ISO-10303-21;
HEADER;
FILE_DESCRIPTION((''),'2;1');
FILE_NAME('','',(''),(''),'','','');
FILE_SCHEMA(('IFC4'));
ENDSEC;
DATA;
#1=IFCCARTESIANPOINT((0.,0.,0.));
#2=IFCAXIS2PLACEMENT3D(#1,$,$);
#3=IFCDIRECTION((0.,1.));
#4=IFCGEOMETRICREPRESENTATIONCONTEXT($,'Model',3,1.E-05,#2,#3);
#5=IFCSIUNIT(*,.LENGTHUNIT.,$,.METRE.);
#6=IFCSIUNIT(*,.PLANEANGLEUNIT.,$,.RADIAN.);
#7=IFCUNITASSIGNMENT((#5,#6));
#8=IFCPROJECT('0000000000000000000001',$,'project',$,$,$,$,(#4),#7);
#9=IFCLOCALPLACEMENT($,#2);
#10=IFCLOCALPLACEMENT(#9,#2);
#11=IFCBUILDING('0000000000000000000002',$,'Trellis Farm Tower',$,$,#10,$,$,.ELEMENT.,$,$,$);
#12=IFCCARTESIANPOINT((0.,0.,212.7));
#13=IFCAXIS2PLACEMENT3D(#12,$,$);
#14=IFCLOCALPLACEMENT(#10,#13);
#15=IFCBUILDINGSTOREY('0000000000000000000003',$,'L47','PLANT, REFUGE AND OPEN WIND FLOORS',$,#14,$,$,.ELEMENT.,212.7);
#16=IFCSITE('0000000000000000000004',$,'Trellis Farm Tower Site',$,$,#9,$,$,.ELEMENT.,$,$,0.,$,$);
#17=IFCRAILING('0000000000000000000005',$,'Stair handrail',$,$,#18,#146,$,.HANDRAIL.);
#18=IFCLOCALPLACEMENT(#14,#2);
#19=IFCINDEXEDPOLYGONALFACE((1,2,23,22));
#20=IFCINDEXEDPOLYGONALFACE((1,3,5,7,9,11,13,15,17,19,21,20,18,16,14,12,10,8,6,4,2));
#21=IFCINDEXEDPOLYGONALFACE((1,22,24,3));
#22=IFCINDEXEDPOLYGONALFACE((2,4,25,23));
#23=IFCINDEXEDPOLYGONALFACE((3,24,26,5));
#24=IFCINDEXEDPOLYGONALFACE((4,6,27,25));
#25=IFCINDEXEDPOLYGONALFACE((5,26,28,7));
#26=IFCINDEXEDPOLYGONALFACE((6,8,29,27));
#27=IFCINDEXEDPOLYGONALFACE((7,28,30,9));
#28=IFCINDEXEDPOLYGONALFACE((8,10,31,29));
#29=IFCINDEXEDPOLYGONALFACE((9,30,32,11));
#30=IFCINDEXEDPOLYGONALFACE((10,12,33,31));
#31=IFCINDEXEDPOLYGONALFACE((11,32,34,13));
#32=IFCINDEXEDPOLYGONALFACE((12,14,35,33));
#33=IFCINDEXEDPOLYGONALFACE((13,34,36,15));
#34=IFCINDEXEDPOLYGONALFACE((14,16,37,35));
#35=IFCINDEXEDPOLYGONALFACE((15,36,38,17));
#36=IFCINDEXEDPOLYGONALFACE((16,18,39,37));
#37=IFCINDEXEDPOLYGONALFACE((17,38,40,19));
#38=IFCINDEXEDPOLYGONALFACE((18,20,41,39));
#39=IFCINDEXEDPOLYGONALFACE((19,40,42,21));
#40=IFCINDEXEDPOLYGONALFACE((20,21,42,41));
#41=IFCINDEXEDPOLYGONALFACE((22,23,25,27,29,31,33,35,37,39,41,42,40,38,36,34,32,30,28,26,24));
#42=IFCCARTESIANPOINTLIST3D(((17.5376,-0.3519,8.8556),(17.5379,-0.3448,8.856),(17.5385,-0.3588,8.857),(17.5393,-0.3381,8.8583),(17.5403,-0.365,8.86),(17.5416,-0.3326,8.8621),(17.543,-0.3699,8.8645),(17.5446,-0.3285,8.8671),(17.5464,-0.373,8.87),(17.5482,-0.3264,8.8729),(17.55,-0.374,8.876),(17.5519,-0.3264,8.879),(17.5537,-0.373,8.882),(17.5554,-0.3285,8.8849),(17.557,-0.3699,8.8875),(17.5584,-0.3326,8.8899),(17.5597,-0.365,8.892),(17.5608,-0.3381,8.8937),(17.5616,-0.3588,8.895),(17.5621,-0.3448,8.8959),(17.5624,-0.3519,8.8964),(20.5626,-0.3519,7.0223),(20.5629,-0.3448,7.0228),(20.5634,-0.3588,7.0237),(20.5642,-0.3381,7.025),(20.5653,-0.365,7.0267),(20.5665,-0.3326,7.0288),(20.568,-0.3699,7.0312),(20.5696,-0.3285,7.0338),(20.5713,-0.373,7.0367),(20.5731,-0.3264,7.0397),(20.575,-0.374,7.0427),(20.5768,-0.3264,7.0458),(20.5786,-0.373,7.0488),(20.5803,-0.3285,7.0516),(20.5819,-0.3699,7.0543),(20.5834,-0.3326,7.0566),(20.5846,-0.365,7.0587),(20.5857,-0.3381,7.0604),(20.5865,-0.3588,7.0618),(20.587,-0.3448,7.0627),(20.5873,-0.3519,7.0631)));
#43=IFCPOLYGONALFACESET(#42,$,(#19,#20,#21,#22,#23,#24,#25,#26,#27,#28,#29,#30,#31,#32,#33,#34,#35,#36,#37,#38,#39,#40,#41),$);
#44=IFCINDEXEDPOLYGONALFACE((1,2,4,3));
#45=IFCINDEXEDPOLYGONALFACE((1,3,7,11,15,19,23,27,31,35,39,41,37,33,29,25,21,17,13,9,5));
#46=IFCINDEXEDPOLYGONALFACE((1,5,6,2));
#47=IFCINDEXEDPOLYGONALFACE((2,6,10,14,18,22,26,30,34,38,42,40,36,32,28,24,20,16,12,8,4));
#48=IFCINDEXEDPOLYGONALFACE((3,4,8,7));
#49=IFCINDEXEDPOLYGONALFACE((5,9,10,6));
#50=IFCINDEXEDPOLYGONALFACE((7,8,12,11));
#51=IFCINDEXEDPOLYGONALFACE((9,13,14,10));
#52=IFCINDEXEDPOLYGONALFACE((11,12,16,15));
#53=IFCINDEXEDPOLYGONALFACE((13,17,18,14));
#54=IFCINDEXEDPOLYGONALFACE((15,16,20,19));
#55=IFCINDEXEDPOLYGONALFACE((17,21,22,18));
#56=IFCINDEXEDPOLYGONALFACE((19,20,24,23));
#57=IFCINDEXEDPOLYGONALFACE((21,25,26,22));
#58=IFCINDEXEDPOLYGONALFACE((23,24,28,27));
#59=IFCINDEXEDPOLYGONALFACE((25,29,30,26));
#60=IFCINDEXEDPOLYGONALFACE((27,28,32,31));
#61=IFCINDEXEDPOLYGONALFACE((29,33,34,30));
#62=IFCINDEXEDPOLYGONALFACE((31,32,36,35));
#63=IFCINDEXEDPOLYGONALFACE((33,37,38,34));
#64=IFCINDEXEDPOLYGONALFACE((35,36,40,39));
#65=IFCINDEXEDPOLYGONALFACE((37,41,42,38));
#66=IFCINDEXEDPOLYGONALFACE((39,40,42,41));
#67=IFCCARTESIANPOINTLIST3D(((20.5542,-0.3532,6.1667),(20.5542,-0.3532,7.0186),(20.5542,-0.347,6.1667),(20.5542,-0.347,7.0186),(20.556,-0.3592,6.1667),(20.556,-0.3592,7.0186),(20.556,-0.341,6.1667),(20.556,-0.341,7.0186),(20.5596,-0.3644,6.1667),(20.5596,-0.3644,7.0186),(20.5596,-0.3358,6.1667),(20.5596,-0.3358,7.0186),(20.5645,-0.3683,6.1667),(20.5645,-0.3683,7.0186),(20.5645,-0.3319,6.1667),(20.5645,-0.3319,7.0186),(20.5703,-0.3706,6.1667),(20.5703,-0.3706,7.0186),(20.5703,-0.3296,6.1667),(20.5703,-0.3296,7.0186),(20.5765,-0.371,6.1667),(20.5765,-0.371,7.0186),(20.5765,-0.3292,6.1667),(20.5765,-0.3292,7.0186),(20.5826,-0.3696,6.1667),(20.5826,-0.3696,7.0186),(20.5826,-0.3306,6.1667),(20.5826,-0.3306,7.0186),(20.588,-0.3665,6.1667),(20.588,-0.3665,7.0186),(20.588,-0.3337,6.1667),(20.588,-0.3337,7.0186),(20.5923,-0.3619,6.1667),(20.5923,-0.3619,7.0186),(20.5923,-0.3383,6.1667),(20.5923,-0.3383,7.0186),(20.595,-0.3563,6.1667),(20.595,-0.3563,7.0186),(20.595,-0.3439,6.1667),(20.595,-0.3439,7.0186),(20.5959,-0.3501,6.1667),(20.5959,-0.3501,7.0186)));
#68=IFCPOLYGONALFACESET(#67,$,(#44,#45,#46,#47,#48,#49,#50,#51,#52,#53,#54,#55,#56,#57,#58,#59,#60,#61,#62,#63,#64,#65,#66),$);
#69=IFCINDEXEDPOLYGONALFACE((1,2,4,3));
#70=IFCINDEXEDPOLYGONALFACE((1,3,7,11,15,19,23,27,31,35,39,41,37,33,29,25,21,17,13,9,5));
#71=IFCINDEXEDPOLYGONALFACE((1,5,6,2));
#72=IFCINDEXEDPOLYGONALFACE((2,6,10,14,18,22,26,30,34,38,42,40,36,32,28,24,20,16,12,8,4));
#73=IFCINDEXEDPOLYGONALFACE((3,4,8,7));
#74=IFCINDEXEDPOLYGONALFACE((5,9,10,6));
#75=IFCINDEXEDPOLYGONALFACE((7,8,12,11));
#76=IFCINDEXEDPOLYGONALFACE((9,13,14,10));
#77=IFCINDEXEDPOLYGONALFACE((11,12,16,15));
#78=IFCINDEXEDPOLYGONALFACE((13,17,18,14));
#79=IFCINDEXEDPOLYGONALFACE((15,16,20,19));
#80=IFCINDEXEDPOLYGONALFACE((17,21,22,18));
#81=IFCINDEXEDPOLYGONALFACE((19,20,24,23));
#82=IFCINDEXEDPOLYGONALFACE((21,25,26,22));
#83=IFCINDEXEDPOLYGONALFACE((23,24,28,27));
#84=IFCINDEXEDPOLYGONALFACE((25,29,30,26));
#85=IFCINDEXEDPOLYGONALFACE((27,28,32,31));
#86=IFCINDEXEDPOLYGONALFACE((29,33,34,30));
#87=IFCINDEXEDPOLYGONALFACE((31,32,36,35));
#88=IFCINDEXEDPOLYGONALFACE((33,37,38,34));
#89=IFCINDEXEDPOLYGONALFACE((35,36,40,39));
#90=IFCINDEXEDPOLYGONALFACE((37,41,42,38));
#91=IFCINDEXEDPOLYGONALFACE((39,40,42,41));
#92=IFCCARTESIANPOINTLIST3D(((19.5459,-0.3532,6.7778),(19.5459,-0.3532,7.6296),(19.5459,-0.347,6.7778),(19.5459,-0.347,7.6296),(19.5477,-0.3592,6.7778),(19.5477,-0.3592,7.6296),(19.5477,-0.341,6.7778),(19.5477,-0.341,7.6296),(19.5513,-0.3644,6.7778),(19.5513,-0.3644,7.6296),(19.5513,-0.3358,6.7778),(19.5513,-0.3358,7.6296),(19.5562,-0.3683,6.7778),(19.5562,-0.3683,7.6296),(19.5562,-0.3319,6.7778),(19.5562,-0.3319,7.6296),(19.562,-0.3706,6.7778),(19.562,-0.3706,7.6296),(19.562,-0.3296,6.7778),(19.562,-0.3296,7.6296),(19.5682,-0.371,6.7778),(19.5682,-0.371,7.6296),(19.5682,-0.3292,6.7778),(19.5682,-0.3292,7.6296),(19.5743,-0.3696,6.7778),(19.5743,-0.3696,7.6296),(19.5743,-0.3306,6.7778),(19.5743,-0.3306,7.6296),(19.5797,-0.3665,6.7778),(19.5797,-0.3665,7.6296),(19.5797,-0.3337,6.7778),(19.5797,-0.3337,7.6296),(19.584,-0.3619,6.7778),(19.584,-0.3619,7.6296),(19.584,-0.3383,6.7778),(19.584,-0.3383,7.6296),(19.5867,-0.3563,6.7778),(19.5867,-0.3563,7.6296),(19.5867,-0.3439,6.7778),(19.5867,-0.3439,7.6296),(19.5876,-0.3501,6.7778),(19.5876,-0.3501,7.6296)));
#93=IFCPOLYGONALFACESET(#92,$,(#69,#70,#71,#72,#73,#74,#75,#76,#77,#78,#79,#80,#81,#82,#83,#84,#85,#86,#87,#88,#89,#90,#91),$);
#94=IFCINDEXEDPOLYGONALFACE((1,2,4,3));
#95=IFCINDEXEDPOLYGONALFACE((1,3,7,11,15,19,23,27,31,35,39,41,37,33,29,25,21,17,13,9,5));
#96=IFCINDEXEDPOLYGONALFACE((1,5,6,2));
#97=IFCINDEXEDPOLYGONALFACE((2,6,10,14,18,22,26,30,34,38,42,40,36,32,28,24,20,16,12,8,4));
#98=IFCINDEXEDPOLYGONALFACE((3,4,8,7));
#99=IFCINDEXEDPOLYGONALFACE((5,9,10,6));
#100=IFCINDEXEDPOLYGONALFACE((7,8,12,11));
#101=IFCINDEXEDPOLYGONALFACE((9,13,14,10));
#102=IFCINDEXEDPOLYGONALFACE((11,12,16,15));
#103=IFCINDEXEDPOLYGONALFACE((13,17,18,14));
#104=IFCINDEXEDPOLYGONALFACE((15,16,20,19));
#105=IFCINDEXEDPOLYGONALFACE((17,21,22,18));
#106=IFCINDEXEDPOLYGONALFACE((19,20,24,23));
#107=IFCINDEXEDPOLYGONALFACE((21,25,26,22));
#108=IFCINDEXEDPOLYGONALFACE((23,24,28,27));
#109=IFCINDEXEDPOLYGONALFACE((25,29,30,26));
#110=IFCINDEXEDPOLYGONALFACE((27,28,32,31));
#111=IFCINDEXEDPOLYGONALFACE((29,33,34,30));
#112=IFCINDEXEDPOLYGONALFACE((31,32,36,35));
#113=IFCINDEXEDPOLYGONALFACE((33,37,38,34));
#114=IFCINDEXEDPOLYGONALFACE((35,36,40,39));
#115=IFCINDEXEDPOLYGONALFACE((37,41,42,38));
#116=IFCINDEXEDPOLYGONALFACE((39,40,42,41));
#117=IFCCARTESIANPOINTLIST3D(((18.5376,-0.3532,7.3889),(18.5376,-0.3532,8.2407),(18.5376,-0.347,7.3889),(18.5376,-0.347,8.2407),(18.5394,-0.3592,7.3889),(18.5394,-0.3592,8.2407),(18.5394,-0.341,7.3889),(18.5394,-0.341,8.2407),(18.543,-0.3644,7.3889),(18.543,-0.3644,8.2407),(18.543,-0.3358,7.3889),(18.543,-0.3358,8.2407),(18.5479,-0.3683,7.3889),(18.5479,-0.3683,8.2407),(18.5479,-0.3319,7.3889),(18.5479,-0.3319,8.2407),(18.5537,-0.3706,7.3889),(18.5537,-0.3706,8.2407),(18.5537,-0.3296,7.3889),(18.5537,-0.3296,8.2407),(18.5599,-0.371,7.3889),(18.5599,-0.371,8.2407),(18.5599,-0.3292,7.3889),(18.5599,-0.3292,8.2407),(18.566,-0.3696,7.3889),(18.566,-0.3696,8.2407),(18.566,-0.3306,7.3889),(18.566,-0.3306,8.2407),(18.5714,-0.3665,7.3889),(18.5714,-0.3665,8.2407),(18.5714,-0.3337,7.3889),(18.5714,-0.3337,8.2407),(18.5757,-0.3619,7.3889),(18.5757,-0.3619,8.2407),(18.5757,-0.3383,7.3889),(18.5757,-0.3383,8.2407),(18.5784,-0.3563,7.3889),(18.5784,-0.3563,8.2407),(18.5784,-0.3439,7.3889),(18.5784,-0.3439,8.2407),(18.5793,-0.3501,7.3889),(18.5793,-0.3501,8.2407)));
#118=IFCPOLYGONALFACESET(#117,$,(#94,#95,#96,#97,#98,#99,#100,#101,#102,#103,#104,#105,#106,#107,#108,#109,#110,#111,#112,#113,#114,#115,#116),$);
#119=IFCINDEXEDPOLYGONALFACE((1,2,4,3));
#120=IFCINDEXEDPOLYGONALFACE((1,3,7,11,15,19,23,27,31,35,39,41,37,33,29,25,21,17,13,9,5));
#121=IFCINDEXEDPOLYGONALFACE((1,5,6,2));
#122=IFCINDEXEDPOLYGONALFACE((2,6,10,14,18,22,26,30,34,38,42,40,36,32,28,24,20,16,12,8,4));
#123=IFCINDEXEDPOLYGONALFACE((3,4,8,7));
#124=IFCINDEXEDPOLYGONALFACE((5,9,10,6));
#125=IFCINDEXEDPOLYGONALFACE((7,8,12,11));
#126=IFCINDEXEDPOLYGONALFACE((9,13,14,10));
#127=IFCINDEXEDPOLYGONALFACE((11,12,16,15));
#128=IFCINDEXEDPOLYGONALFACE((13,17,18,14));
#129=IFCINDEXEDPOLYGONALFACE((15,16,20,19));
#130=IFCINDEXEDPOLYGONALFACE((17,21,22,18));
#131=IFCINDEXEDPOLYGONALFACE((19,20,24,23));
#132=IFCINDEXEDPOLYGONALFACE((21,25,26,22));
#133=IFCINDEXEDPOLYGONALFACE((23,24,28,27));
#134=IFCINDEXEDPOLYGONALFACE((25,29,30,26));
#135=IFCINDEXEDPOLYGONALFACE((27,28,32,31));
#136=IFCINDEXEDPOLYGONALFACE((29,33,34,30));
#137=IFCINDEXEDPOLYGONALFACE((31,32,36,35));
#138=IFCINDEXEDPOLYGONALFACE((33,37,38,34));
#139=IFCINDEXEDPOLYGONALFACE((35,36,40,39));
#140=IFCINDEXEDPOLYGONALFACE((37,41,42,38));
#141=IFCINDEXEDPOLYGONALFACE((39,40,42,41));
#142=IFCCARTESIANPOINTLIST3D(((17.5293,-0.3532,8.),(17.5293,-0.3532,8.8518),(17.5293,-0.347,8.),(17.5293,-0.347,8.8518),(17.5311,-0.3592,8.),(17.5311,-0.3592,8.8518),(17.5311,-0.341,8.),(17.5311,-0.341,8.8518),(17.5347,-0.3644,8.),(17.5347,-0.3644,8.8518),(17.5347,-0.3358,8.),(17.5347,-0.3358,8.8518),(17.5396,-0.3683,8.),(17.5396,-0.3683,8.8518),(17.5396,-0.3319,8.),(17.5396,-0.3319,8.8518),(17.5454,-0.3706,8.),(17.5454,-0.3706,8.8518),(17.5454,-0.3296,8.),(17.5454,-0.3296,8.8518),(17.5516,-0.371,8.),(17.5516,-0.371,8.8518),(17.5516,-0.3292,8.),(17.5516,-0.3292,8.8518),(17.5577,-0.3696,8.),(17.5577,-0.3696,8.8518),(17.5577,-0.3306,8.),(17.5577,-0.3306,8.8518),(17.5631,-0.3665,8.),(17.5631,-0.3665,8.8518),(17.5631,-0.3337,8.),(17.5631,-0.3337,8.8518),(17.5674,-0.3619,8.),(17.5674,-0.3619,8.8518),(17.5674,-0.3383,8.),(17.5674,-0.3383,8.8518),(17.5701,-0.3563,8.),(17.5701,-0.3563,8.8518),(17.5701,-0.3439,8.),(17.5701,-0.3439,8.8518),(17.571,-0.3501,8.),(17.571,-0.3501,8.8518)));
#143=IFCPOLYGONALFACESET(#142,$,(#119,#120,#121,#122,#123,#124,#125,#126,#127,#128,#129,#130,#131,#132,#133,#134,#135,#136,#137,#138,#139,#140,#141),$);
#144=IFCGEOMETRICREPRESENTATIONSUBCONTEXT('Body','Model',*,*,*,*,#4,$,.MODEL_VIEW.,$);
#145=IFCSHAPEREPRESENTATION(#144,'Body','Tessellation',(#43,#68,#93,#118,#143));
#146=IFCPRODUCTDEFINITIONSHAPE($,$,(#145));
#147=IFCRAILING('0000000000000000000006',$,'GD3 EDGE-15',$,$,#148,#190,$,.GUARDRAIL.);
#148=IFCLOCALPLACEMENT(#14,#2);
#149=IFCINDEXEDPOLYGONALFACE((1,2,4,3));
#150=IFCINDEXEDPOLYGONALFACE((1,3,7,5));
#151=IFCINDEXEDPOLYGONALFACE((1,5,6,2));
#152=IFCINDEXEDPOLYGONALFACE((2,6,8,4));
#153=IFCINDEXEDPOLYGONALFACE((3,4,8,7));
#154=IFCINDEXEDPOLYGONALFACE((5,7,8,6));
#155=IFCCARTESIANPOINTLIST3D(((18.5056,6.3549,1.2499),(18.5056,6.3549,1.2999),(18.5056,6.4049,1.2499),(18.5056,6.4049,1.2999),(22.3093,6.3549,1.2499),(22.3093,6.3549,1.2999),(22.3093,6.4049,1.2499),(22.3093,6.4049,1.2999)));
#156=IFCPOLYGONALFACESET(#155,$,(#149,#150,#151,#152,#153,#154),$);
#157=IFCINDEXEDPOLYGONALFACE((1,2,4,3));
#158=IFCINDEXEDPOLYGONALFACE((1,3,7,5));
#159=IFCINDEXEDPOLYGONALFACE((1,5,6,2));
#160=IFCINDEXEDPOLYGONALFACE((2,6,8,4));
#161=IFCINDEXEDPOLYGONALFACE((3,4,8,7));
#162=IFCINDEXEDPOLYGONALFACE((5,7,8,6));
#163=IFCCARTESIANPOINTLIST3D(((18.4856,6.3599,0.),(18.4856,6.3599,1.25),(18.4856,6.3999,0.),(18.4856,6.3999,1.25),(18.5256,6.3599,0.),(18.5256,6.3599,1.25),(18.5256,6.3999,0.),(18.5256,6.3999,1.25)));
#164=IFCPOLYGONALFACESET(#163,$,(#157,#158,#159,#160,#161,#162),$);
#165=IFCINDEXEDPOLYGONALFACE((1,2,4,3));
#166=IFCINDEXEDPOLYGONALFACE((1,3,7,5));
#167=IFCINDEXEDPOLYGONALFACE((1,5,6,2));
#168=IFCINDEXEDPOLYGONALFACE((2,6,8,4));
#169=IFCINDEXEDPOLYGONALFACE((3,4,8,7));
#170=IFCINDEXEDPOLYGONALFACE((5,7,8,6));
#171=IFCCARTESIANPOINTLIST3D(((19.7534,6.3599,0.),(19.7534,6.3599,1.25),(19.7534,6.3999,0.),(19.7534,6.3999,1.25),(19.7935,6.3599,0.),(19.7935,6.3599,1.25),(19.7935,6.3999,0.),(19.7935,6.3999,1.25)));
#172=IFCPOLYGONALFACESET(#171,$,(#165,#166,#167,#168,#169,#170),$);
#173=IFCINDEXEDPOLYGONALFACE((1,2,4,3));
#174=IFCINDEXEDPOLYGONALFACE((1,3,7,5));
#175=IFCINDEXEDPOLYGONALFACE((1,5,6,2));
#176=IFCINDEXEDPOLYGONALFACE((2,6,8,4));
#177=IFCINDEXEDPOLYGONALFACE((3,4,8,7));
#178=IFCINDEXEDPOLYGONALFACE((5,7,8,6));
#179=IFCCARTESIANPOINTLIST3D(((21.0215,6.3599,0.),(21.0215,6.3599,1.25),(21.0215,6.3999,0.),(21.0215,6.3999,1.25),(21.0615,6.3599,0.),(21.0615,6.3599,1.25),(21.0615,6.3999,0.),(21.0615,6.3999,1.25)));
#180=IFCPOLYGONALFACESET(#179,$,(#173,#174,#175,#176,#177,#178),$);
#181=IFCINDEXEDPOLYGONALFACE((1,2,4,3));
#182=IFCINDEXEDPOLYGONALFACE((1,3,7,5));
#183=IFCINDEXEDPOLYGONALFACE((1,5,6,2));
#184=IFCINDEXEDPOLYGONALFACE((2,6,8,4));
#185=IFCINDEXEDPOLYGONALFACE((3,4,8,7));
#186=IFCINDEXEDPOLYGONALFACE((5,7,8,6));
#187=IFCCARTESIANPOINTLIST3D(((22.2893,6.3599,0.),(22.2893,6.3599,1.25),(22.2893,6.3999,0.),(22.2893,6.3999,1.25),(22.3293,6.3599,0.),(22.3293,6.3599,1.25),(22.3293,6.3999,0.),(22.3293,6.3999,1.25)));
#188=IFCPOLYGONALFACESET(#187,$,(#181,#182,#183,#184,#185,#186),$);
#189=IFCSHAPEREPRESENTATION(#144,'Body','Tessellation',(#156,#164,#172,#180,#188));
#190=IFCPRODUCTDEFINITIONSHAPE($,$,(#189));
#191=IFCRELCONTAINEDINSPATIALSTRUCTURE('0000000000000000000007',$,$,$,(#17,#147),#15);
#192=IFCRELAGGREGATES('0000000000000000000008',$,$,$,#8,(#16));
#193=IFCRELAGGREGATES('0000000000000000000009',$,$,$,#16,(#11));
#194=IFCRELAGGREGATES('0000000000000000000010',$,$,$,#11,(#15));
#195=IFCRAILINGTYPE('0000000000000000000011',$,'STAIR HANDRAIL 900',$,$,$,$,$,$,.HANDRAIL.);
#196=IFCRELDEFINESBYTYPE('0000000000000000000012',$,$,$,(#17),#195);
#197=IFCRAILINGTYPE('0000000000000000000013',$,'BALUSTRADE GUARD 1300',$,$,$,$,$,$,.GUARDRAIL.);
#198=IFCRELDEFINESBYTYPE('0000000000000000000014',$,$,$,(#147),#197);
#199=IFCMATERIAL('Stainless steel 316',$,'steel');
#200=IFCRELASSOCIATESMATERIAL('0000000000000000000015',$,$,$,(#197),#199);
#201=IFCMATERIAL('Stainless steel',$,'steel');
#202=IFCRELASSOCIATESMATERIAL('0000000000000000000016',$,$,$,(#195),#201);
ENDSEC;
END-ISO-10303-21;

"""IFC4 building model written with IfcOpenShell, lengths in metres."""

from ifc_helpers import new_model, si_unit, direction, frame, origin, origin_2d, place, context, subcontext, project, spatial, rectangle, circle, extrude, source, transform, mapped, material, type_object, element, save


model = new_model("IFC4")

# Units and contexts
model_context = context("Model", 3, precision=1e-05, world=origin(), true_north=direction((0.0, 1.0)))
body_context = subcontext(model_context, "Body", "Model", "MODEL_VIEW")
ifc_project = project(units=[si_unit("LENGTHUNIT", "METRE"), si_unit("PLANEANGLEUNIT", "RADIAN")], contexts=[model_context])

# Site, building, storey
site_placement = place(None, origin())
site = spatial("IfcSite", under=ifc_project, at=site_placement, Name="Trellis Farm Tower Site", CompositionType="ELEMENT", RefElevation=0.0)
building_placement = place(site_placement, origin())
building = spatial("IfcBuilding", under=site, at=building_placement, Name="Trellis Farm Tower", CompositionType="ELEMENT")
storey_placement = place(building_placement, frame((0.0, 0.0, 212.7)))
storey = spatial("IfcBuildingStorey", under=building, at=storey_placement, Name="L47", Description="PLANT, REFUGE AND OPEN WIND FLOORS", CompositionType="ELEMENT", Elevation=212.7)

# Railings
ifc_material_1 = material(Name="Stainless steel 316", Category="steel")
railing_type_1 = type_object("IfcRailingType", Name="BALUSTRADE GUARD 1300", PredefinedType="GUARDRAIL", material=ifc_material_1)
ifc_material_2 = material(Name="Stainless steel", Category="steel")
railing_type_2 = type_object("IfcRailingType", Name="STAIR HANDRAIL 900", PredefinedType="HANDRAIL", material=ifc_material_2)
shared_shape_1 = source(origin(), body_context, "Body", "SweptSolid", [
    extrude(circle(Radius=0.0239, at=origin_2d()), frame((0.0, 0.0, 0.876), z_axis=(-0.855201, 0.0, 0.518297), x_axis=(0.0, -1.0, 0.0)), (0.0, 0.0, 1.0), 3.5371),
    extrude(circle(Radius=0.021, at=origin_2d()), origin(), (0.0, 0.0, 1.0), 0.8518),
    extrude(circle(Radius=0.021, at=origin_2d()), frame((-1.0083, 0.0, 0.6111)), (0.0, 0.0, 1.0), 0.8518),
    extrude(circle(Radius=0.021, at=origin_2d()), frame((-2.0166, 0.0, 1.2222)), (0.0, 0.0, 1.0), 0.8518),
    extrude(circle(Radius=0.021, at=origin_2d()), frame((-3.0249, 0.0, 1.8333)), (0.0, 0.0, 1.0), 0.8518),
])
for number, where, name in (
    (1, (20.575, -0.3501, 6.1667), "Stair handrail"),
):
    element("IfcRailing", number, at=place(storey_placement, frame(where)), inside=storey, type_object=railing_type_2, Name=name, PredefinedType="HANDRAIL", context=body_context, shape_type="MappedRepresentation", body=[
        mapped(shared_shape_1, transform((0.0, 0.0, 0.0))),
    ])
shared_shape_2 = source(origin(), body_context, "Body", "SweptSolid", [
    extrude(rectangle(XDim=0.05, YDim=0.05, at=origin_2d()), frame((0.0, 0.0, 1.2749), z_axis=(1.0, 0.0, 0.0), x_axis=(0.0, 1.0, 0.0)), (0.0, 0.0, 1.0), 3.8037),
    extrude(rectangle(XDim=0.04, YDim=0.04, at=origin_2d()), origin(), (0.0, 0.0, 1.0), 1.25),
    extrude(rectangle(XDim=0.04, YDim=0.04, at=origin_2d()), frame((1.2678, 0.0, 0.0)), (0.0, 0.0, 1.0), 1.25),
    extrude(rectangle(XDim=0.04, YDim=0.04, at=origin_2d()), frame((2.5359, 0.0, 0.0)), (0.0, 0.0, 1.0), 1.25),
    extrude(rectangle(XDim=0.04, YDim=0.04, at=origin_2d()), frame((3.8037, 0.0, 0.0)), (0.0, 0.0, 1.0), 1.25),
])
railing_1_placement = place(storey_placement, frame((18.5056, 6.3799, 0.0)))
element("IfcRailing", 2, at=railing_1_placement, inside=storey, type_object=railing_type_1, Name="GD3 EDGE-15", PredefinedType="GUARDRAIL", context=body_context, shape_type="MappedRepresentation", body=[
    mapped(shared_shape_2, transform((0.0, 0.0, 0.0))),
])

save(model, "model.ifc")
